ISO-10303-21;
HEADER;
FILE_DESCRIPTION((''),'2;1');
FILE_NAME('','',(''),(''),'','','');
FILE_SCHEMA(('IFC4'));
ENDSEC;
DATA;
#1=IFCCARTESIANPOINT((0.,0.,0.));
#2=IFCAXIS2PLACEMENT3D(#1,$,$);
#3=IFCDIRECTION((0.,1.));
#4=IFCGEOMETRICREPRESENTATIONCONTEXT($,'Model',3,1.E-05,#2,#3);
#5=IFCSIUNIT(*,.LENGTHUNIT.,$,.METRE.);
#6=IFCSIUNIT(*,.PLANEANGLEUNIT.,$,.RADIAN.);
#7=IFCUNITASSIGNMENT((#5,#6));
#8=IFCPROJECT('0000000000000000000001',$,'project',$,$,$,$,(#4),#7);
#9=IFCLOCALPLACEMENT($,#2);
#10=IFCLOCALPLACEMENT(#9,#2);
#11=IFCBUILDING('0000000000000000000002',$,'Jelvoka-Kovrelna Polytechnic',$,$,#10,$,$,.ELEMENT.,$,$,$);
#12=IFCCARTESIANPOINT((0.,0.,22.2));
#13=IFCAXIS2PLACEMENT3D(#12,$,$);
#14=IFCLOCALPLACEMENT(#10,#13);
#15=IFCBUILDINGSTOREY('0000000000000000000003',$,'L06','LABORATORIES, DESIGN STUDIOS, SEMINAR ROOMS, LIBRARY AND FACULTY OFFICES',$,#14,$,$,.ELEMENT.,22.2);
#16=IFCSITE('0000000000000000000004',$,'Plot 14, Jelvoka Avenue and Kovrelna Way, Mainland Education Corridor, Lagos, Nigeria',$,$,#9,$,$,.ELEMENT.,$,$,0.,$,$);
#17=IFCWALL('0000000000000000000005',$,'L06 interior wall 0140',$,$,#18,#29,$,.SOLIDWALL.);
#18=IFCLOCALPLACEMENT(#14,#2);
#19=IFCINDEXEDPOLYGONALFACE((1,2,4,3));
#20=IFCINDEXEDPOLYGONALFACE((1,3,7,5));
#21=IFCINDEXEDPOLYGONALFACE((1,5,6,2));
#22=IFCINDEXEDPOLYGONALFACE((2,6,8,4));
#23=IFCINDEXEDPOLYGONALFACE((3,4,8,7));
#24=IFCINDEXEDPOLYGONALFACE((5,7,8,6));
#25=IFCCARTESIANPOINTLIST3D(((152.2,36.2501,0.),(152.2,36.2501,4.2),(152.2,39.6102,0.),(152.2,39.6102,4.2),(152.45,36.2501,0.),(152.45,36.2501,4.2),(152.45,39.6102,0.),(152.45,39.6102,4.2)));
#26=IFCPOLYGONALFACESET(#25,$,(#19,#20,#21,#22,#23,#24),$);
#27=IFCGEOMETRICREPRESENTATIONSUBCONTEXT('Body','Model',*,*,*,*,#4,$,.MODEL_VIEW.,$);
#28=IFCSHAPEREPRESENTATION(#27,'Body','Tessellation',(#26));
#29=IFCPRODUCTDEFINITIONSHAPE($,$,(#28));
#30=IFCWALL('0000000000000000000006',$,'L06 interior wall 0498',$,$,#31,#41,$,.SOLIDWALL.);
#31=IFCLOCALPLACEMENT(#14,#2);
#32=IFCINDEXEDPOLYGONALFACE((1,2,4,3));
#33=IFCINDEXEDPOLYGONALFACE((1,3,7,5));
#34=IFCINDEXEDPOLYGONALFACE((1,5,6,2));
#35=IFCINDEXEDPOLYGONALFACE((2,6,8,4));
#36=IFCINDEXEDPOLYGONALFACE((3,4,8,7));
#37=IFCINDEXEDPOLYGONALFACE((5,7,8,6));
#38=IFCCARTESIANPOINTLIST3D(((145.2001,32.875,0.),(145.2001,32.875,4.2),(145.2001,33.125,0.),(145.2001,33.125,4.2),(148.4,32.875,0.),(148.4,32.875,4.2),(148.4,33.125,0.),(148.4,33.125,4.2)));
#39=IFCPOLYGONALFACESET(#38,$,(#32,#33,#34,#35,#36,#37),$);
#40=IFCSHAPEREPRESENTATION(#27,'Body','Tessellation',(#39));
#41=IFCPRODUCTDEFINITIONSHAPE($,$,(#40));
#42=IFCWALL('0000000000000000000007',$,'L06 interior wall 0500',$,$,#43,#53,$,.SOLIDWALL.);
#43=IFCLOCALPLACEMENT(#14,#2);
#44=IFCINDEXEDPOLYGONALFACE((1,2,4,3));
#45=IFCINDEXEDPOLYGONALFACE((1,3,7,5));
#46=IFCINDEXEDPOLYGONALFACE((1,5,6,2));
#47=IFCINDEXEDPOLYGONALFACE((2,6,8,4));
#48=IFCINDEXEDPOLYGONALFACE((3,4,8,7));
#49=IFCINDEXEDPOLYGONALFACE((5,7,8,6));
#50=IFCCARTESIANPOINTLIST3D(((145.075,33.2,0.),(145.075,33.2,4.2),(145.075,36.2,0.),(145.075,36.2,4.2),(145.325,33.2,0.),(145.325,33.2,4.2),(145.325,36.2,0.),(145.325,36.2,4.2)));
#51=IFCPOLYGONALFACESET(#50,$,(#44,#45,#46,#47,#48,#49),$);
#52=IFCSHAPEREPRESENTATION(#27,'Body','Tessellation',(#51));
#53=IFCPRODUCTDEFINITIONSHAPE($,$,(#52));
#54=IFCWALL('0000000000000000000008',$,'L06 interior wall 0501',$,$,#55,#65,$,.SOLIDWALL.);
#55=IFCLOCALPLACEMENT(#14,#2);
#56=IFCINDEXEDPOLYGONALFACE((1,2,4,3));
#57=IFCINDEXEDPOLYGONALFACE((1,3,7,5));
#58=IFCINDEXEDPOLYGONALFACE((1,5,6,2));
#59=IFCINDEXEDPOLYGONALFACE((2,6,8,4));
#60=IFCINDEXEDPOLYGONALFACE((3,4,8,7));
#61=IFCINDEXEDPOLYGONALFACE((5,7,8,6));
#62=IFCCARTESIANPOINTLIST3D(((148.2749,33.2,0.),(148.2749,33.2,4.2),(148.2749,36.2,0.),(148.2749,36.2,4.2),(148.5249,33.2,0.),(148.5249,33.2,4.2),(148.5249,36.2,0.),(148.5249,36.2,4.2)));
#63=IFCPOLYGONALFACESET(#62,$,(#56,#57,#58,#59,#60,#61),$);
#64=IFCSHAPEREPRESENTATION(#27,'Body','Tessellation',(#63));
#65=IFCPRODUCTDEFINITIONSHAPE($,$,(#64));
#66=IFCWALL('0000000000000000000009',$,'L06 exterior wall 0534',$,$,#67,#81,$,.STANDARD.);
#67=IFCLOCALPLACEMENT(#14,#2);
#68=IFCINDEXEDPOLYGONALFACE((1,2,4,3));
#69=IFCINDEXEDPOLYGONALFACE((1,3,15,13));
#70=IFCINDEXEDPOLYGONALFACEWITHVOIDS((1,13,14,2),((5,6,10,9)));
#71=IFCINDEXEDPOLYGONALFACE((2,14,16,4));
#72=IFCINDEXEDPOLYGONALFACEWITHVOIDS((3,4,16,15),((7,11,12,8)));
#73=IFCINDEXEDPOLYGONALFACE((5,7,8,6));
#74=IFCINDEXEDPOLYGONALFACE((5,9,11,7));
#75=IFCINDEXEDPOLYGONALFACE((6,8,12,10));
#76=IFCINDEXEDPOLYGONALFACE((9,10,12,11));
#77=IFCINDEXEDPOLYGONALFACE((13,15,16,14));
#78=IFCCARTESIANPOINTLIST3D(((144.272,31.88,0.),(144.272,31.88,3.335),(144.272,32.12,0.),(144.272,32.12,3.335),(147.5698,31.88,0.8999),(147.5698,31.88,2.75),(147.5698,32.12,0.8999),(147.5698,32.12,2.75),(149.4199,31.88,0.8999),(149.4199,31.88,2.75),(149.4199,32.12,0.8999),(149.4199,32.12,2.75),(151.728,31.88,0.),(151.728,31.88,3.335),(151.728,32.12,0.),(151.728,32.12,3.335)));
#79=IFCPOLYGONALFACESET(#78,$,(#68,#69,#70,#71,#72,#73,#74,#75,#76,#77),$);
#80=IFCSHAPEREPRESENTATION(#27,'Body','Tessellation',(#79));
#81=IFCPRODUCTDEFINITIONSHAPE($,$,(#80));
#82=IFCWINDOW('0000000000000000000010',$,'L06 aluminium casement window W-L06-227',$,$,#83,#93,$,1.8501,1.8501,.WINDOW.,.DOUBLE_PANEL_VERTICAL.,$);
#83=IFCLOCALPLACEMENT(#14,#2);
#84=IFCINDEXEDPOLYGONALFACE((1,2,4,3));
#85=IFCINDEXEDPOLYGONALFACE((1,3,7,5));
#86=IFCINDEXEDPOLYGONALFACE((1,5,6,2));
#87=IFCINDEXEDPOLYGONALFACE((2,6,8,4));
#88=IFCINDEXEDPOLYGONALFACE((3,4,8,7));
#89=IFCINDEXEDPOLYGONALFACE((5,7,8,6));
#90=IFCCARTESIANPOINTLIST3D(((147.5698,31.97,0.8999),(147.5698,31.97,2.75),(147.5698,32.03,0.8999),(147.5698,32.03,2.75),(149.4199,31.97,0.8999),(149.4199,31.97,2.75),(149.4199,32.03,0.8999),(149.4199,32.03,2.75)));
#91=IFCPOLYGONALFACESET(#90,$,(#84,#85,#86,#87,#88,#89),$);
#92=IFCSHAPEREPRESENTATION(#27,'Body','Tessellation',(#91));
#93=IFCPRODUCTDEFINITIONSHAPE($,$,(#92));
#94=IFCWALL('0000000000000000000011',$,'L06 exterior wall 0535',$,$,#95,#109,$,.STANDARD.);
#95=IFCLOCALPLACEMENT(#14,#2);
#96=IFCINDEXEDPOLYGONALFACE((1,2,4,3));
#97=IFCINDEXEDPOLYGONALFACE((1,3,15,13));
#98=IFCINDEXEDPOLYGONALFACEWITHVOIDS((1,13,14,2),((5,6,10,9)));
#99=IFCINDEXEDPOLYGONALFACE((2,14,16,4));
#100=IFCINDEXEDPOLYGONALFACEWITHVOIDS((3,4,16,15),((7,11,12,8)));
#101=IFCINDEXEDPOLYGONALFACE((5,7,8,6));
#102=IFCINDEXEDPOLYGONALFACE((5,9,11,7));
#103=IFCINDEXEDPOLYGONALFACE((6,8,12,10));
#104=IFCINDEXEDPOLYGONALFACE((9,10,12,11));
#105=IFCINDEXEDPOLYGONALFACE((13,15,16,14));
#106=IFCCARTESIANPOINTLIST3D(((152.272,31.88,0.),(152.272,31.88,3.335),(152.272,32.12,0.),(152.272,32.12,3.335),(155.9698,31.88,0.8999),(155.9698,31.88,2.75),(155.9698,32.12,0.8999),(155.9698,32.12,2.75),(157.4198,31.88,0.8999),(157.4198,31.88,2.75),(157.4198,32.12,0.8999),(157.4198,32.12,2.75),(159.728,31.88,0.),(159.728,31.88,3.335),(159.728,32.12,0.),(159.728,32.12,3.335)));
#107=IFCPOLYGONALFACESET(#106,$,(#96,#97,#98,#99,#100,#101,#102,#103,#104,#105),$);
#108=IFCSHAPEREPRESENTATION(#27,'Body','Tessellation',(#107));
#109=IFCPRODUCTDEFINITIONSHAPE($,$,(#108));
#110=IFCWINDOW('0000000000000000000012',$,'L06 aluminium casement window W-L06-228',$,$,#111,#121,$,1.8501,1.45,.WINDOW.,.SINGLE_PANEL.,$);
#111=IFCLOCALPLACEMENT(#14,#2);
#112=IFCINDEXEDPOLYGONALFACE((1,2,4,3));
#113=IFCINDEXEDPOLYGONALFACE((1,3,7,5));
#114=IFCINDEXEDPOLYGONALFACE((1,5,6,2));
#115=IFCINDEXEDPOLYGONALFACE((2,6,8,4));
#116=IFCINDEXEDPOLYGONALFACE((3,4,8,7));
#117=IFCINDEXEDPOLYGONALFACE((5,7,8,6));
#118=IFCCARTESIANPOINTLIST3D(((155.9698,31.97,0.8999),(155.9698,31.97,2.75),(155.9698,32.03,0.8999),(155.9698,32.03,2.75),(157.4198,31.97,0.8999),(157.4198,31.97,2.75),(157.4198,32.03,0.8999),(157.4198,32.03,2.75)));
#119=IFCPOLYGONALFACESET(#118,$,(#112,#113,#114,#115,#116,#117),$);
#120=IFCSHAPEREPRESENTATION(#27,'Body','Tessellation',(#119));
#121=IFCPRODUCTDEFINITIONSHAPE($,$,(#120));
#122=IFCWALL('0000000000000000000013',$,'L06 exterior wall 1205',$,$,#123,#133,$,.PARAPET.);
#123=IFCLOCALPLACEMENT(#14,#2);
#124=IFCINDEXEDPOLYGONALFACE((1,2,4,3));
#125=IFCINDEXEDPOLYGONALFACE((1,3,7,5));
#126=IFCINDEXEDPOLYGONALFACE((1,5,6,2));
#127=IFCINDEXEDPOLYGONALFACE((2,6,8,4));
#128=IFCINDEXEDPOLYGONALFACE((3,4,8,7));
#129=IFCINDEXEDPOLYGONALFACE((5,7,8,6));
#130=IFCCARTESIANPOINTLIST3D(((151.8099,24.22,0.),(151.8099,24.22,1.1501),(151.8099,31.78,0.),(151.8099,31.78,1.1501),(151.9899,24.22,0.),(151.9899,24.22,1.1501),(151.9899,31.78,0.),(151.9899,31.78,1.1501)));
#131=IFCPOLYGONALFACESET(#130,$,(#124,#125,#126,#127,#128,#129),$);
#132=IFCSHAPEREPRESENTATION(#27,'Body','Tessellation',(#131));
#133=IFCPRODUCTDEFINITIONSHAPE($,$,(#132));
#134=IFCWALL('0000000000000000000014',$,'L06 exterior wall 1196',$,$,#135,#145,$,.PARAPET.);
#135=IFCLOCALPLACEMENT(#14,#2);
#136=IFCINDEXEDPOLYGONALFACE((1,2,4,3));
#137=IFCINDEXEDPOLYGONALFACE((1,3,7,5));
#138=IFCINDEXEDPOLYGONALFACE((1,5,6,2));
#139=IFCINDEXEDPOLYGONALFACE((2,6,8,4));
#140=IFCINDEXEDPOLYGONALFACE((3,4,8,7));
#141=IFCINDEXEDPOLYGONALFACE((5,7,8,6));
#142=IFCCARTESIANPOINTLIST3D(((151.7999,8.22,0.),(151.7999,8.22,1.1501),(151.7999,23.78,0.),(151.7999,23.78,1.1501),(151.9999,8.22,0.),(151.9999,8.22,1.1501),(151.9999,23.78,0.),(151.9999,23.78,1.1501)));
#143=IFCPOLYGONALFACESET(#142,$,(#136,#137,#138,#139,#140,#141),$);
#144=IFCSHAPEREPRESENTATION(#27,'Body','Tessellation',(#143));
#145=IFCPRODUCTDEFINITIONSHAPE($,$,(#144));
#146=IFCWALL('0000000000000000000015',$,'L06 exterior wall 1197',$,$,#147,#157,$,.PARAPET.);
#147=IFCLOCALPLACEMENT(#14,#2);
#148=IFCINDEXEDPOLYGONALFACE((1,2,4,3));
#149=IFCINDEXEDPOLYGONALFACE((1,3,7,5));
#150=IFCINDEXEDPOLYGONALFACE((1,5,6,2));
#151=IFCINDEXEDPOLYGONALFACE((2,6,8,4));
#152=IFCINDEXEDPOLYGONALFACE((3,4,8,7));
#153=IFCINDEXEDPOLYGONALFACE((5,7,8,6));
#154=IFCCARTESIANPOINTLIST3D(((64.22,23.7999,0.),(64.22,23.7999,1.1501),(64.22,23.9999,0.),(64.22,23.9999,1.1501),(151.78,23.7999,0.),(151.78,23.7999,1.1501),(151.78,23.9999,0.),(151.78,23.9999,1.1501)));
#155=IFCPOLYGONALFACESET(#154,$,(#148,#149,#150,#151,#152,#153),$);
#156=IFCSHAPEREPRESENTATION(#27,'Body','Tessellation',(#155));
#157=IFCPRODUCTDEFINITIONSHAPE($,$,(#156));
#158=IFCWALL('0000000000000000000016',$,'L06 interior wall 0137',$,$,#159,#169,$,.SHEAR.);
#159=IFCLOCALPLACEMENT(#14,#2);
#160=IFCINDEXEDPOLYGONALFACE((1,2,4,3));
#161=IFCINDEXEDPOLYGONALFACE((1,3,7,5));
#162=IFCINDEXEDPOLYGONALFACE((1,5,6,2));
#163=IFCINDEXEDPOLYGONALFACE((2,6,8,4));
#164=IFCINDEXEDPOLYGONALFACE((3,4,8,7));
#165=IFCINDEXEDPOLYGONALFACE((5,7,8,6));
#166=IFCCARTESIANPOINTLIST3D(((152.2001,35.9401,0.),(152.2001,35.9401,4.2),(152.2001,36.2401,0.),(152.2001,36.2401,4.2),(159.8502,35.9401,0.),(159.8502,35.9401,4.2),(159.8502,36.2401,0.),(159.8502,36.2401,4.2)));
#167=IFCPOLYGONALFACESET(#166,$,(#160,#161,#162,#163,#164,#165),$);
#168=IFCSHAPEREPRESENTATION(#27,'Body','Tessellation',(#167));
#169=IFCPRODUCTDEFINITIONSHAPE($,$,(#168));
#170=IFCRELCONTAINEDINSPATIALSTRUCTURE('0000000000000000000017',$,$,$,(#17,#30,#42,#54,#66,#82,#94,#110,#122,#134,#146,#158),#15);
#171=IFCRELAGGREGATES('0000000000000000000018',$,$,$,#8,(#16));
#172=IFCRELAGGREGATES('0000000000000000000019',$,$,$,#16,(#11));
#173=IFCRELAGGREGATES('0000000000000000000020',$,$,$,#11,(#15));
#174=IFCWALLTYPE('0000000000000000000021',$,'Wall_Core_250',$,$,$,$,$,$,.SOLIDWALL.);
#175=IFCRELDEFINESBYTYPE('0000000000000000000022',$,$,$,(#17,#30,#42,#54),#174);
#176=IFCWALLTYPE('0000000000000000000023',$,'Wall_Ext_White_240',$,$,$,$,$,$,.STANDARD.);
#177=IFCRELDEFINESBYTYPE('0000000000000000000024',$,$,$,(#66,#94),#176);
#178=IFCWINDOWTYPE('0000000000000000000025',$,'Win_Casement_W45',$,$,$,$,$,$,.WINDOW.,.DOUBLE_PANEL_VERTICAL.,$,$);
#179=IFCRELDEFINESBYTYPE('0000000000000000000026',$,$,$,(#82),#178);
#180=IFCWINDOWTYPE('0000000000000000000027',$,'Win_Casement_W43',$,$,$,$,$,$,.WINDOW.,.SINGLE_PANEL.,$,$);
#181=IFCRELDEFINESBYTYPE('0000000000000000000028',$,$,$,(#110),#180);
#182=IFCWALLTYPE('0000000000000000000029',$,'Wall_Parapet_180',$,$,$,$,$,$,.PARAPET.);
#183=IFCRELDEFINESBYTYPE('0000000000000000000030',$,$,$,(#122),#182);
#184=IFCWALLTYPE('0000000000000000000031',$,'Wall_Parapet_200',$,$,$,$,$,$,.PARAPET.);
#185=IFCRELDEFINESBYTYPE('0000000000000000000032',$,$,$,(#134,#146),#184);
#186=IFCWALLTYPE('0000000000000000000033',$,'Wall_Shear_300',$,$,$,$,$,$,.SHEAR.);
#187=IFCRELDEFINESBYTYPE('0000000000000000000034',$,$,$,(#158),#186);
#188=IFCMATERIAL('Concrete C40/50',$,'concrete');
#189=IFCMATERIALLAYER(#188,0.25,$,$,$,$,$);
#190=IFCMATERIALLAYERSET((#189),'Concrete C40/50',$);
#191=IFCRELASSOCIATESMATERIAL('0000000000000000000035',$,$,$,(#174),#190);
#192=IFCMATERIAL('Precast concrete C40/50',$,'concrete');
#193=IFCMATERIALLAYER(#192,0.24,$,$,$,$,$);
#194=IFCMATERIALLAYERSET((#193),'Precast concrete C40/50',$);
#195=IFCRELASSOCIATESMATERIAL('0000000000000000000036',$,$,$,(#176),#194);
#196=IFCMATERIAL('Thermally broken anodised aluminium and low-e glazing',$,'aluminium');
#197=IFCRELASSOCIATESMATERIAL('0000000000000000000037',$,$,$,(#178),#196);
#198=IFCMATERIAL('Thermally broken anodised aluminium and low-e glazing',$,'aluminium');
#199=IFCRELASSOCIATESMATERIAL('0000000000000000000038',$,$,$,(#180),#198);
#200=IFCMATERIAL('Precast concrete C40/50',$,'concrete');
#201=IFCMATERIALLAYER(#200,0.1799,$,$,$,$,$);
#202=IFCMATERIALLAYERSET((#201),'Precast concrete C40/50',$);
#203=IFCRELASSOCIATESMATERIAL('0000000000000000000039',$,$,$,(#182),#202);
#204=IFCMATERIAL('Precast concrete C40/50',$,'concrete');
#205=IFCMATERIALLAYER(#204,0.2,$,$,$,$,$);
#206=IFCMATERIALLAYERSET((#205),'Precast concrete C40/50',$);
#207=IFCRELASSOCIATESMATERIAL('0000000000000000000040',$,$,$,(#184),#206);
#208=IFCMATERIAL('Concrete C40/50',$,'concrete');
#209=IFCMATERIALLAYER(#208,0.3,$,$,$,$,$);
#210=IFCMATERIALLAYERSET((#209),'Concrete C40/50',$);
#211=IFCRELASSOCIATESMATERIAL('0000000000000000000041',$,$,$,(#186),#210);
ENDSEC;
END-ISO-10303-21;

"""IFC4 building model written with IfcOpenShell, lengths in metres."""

from ifc_helpers import new_model, si_unit, direction, frame, frame_2d, origin, place, context, subcontext, project, spatial, rectangle, extrude, material, layer, layer_set, type_object, element, fill, save


model = new_model("IFC4")

# Units and contexts
model_context = context("Model", 3, precision=1e-05, world=origin(), true_north=direction((0.0, 1.0)))
body_context = subcontext(model_context, "Body", "Model", "MODEL_VIEW")
ifc_project = project(units=[si_unit("LENGTHUNIT", "METRE"), si_unit("PLANEANGLEUNIT", "RADIAN")], contexts=[model_context])

# Site, building, storey
site_placement = place(None, origin())
site = spatial("IfcSite", under=ifc_project, at=site_placement, Name="Plot 14, Jelvoka Avenue and Kovrelna Way, Mainland Education Corridor, Lagos, Nigeria", CompositionType="ELEMENT", RefElevation=0.0)
building_placement = place(site_placement, origin())
building = spatial("IfcBuilding", under=site, at=building_placement, Name="Jelvoka-Kovrelna Polytechnic", CompositionType="ELEMENT")
storey_placement = place(building_placement, frame((0.0, 0.0, 22.2)))
storey = spatial("IfcBuildingStorey", under=building, at=storey_placement, Name="L06", Description="LABORATORIES, DESIGN STUDIOS, SEMINAR ROOMS, LIBRARY AND FACULTY OFFICES", CompositionType="ELEMENT", Elevation=22.2)

# Walls
ifc_material_1 = material(Name="Concrete C40/50", Category="concrete")
ifc_layer_1 = layer(ifc_material_1, 0.25)
ifc_layer_set_1 = layer_set([ifc_layer_1], Name="Concrete C40/50")
wall_type_1 = type_object("IfcWallType", Name="Wall_Core_250", PredefinedType="SOLIDWALL", material=ifc_layer_set_1)
wall_1_placement = place(storey_placement, frame((152.325, 36.25, 0.0), z_axis=(0.0, 0.0, 1.0), x_axis=(0.0, 1.0, 0.0)))
element("IfcWall", 1, at=wall_1_placement, inside=storey, type_object=wall_type_1, Name="L06 interior wall 0140", PredefinedType="SOLIDWALL", context=body_context, shape_type="SweptSolid", body=[
    extrude(rectangle(XDim=3.3601, YDim=0.25, at=frame_2d((1.6802, 0.0))), origin(), (0.0, 0.0, 1.0), 4.2),
])
wall_2_placement = place(storey_placement, frame((145.2, 33.0, 0.0), z_axis=(0.0, 0.0, 1.0), x_axis=(1.0, 0.0, 0.0)))
element("IfcWall", 2, at=wall_2_placement, inside=storey, type_object=wall_type_1, Name="L06 interior wall 0498", PredefinedType="SOLIDWALL", context=body_context, shape_type="SweptSolid", body=[
    extrude(rectangle(XDim=3.2, YDim=0.25, at=frame_2d((1.6001, 0.0))), origin(), (0.0, 0.0, 1.0), 4.2),
])
for number, where, z_axis, x_axis, name in (
    (3, (145.2, 33.2, 0.0), (0.0, 0.0, 1.0), (0.0, 1.0, 0.0), "L06 interior wall 0500"),
    (4, (148.3999, 33.2, 0.0), (0.0, 0.0, 1.0), (0.0, 1.0, 0.0), "L06 interior wall 0501"),
):
    element("IfcWall", number, at=place(storey_placement, frame(where, z_axis=z_axis, x_axis=x_axis)), inside=storey, type_object=wall_type_1, Name=name, PredefinedType="SOLIDWALL", context=body_context, shape_type="SweptSolid", body=[
        extrude(rectangle(XDim=3.0, YDim=0.25, at=frame_2d((1.5, 0.0))), origin(), (0.0, 0.0, 1.0), 4.2),
    ])

# Walls, openings, windows
ifc_material_2 = material(Name="Precast concrete C40/50", Category="concrete")
ifc_layer_2 = layer(ifc_material_2, 0.24)
ifc_layer_set_2 = layer_set([ifc_layer_2], Name="Precast concrete C40/50")
wall_type_2 = type_object("IfcWallType", Name="Wall_Ext_White_240", PredefinedType="STANDARD", material=ifc_layer_set_2)
wall_3_placement = place(storey_placement, frame((151.728, 32.0, 0.0), z_axis=(0.0, 0.0, 1.0), x_axis=(-1.0, 0.0, 0.0)))
wall_3 = element("IfcWall", 5, at=wall_3_placement, inside=storey, type_object=wall_type_2, Name="L06 exterior wall 0534", PredefinedType="STANDARD", context=body_context, shape_type="SweptSolid", body=[
    extrude(rectangle(XDim=7.4561, YDim=0.24, at=frame_2d((3.728, 0.0))), origin(), (0.0, 0.0, 1.0), 3.335),
])
opening_1_placement = place(wall_3_placement, frame((2.3081, 0.0, 0.8999)))
opening_1 = element("IfcOpeningElement", 6, at=opening_1_placement, cuts=wall_3, PredefinedType="OPENING", context=body_context, shape_type="SweptSolid", body=[
    extrude(rectangle(XDim=1.8501, YDim=1.8501, at=frame_2d((0.925, 0.925))), frame((0.0, 0.1301, 0.0), z_axis=(0.0, -1.0, 0.0), x_axis=(1.0, 0.0, 0.0)), (0.0, 0.0, 1.0), 0.26),
])
ifc_material_3 = material(Name="Thermally broken anodised aluminium and low-e glazing", Category="aluminium")
window_type_1 = type_object("IfcWindowType", Name="Win_Casement_W45", PartitioningType="DOUBLE_PANEL_VERTICAL", PredefinedType="WINDOW", material=ifc_material_3)
window_1_placement = place(opening_1_placement, origin())
window_1 = element("IfcWindow", 7, at=window_1_placement, inside=storey, type_object=window_type_1, Name="L06 aluminium casement window W-L06-227", OverallHeight=1.8501, OverallWidth=1.8501, PartitioningType="DOUBLE_PANEL_VERTICAL", PredefinedType="WINDOW", context=body_context, shape_type="SweptSolid", body=[
    extrude(rectangle(XDim=1.8501, YDim=1.8501, at=frame_2d((0.925, 0.925))), frame((0.0, 0.03, 0.0), z_axis=(0.0, -1.0, 0.0), x_axis=(1.0, 0.0, 0.0)), (0.0, 0.0, 1.0), 0.0601),
])
fill(opening_1, window_1)
wall_4_placement = place(storey_placement, frame((159.728, 32.0, 0.0), z_axis=(0.0, 0.0, 1.0), x_axis=(-1.0, 0.0, 0.0)))
wall_4 = element("IfcWall", 8, at=wall_4_placement, inside=storey, type_object=wall_type_2, Name="L06 exterior wall 0535", PredefinedType="STANDARD", context=body_context, shape_type="SweptSolid", body=[
    extrude(rectangle(XDim=7.4561, YDim=0.24, at=frame_2d((3.728, 0.0))), origin(), (0.0, 0.0, 1.0), 3.335),
])
opening_2_placement = place(wall_4_placement, frame((2.3081, 0.0, 0.8999)))
opening_2 = element("IfcOpeningElement", 9, at=opening_2_placement, cuts=wall_4, PredefinedType="OPENING", context=body_context, shape_type="SweptSolid", body=[
    extrude(rectangle(XDim=1.45, YDim=1.8501, at=frame_2d((0.7251, 0.925))), frame((0.0, 0.1301, 0.0), z_axis=(0.0, -1.0, 0.0), x_axis=(1.0, 0.0, 0.0)), (0.0, 0.0, 1.0), 0.26),
])
ifc_material_4 = material(Name="Thermally broken anodised aluminium and low-e glazing", Category="aluminium")
window_type_2 = type_object("IfcWindowType", Name="Win_Casement_W43", PartitioningType="SINGLE_PANEL", PredefinedType="WINDOW", material=ifc_material_4)
window_2_placement = place(opening_2_placement, origin())
window_2 = element("IfcWindow", 10, at=window_2_placement, inside=storey, type_object=window_type_2, Name="L06 aluminium casement window W-L06-228", OverallHeight=1.8501, OverallWidth=1.45, PartitioningType="SINGLE_PANEL", PredefinedType="WINDOW", context=body_context, shape_type="SweptSolid", body=[
    extrude(rectangle(XDim=1.45, YDim=1.8501, at=frame_2d((0.7251, 0.925))), frame((0.0, 0.03, 0.0), z_axis=(0.0, -1.0, 0.0), x_axis=(1.0, 0.0, 0.0)), (0.0, 0.0, 1.0), 0.0601),
])
fill(opening_2, window_2)

# Walls
ifc_material_5 = material(Name="Precast concrete C40/50", Category="concrete")
ifc_layer_3 = layer(ifc_material_5, 0.1799)
ifc_layer_set_3 = layer_set([ifc_layer_3], Name="Precast concrete C40/50")
wall_type_3 = type_object("IfcWallType", Name="Wall_Parapet_180", PredefinedType="PARAPET", material=ifc_layer_set_3)
wall_5_placement = place(storey_placement, frame((151.8999, 24.22, 0.0), z_axis=(0.0, 0.0, 1.0), x_axis=(0.0, 1.0, 0.0)))
element("IfcWall", 11, at=wall_5_placement, inside=storey, type_object=wall_type_3, Name="L06 exterior wall 1205", PredefinedType="PARAPET", context=body_context, shape_type="SweptSolid", body=[
    extrude(rectangle(XDim=7.5601, YDim=0.1799, at=frame_2d((3.78, 0.0))), origin(), (0.0, 0.0, 1.0), 1.1501),
])
ifc_material_6 = material(Name="Precast concrete C40/50", Category="concrete")
ifc_layer_4 = layer(ifc_material_6, 0.2)
ifc_layer_set_4 = layer_set([ifc_layer_4], Name="Precast concrete C40/50")
wall_type_4 = type_object("IfcWallType", Name="Wall_Parapet_200", PredefinedType="PARAPET", material=ifc_layer_set_4)
wall_6_placement = place(storey_placement, frame((151.8999, 8.22, 0.0), z_axis=(0.0, 0.0, 1.0), x_axis=(0.0, 1.0, 0.0)))
element("IfcWall", 12, at=wall_6_placement, inside=storey, type_object=wall_type_4, Name="L06 exterior wall 1196", PredefinedType="PARAPET", context=body_context, shape_type="SweptSolid", body=[
    extrude(rectangle(XDim=15.5601, YDim=0.2, at=frame_2d((7.78, 0.0))), origin(), (0.0, 0.0, 1.0), 1.1501),
])
wall_7_placement = place(storey_placement, frame((151.78, 23.8999, 0.0), z_axis=(0.0, 0.0, 1.0), x_axis=(-1.0, 0.0, 0.0)))
element("IfcWall", 13, at=wall_7_placement, inside=storey, type_object=wall_type_4, Name="L06 exterior wall 1197", PredefinedType="PARAPET", context=body_context, shape_type="SweptSolid", body=[
    extrude(rectangle(XDim=87.5601, YDim=0.2, at=frame_2d((43.78, 0.0))), origin(), (0.0, 0.0, 1.0), 1.1501),
])
ifc_material_7 = material(Name="Concrete C40/50", Category="concrete")
ifc_layer_5 = layer(ifc_material_7, 0.3)
ifc_layer_set_5 = layer_set([ifc_layer_5], Name="Concrete C40/50")
wall_type_5 = type_object("IfcWallType", Name="Wall_Shear_300", PredefinedType="SHEAR", material=ifc_layer_set_5)
wall_8_placement = place(storey_placement, frame((152.2, 36.0901, 0.0), z_axis=(0.0, 0.0, 1.0), x_axis=(1.0, 0.0, 0.0)))
element("IfcWall", 14, at=wall_8_placement, inside=storey, type_object=wall_type_5, Name="L06 interior wall 0137", PredefinedType="SHEAR", context=body_context, shape_type="SweptSolid", body=[
    extrude(rectangle(XDim=7.6501, YDim=0.3, at=frame_2d((3.8252, 0.0))), origin(), (0.0, 0.0, 1.0), 4.2),
])

save(model, "model.ifc")
